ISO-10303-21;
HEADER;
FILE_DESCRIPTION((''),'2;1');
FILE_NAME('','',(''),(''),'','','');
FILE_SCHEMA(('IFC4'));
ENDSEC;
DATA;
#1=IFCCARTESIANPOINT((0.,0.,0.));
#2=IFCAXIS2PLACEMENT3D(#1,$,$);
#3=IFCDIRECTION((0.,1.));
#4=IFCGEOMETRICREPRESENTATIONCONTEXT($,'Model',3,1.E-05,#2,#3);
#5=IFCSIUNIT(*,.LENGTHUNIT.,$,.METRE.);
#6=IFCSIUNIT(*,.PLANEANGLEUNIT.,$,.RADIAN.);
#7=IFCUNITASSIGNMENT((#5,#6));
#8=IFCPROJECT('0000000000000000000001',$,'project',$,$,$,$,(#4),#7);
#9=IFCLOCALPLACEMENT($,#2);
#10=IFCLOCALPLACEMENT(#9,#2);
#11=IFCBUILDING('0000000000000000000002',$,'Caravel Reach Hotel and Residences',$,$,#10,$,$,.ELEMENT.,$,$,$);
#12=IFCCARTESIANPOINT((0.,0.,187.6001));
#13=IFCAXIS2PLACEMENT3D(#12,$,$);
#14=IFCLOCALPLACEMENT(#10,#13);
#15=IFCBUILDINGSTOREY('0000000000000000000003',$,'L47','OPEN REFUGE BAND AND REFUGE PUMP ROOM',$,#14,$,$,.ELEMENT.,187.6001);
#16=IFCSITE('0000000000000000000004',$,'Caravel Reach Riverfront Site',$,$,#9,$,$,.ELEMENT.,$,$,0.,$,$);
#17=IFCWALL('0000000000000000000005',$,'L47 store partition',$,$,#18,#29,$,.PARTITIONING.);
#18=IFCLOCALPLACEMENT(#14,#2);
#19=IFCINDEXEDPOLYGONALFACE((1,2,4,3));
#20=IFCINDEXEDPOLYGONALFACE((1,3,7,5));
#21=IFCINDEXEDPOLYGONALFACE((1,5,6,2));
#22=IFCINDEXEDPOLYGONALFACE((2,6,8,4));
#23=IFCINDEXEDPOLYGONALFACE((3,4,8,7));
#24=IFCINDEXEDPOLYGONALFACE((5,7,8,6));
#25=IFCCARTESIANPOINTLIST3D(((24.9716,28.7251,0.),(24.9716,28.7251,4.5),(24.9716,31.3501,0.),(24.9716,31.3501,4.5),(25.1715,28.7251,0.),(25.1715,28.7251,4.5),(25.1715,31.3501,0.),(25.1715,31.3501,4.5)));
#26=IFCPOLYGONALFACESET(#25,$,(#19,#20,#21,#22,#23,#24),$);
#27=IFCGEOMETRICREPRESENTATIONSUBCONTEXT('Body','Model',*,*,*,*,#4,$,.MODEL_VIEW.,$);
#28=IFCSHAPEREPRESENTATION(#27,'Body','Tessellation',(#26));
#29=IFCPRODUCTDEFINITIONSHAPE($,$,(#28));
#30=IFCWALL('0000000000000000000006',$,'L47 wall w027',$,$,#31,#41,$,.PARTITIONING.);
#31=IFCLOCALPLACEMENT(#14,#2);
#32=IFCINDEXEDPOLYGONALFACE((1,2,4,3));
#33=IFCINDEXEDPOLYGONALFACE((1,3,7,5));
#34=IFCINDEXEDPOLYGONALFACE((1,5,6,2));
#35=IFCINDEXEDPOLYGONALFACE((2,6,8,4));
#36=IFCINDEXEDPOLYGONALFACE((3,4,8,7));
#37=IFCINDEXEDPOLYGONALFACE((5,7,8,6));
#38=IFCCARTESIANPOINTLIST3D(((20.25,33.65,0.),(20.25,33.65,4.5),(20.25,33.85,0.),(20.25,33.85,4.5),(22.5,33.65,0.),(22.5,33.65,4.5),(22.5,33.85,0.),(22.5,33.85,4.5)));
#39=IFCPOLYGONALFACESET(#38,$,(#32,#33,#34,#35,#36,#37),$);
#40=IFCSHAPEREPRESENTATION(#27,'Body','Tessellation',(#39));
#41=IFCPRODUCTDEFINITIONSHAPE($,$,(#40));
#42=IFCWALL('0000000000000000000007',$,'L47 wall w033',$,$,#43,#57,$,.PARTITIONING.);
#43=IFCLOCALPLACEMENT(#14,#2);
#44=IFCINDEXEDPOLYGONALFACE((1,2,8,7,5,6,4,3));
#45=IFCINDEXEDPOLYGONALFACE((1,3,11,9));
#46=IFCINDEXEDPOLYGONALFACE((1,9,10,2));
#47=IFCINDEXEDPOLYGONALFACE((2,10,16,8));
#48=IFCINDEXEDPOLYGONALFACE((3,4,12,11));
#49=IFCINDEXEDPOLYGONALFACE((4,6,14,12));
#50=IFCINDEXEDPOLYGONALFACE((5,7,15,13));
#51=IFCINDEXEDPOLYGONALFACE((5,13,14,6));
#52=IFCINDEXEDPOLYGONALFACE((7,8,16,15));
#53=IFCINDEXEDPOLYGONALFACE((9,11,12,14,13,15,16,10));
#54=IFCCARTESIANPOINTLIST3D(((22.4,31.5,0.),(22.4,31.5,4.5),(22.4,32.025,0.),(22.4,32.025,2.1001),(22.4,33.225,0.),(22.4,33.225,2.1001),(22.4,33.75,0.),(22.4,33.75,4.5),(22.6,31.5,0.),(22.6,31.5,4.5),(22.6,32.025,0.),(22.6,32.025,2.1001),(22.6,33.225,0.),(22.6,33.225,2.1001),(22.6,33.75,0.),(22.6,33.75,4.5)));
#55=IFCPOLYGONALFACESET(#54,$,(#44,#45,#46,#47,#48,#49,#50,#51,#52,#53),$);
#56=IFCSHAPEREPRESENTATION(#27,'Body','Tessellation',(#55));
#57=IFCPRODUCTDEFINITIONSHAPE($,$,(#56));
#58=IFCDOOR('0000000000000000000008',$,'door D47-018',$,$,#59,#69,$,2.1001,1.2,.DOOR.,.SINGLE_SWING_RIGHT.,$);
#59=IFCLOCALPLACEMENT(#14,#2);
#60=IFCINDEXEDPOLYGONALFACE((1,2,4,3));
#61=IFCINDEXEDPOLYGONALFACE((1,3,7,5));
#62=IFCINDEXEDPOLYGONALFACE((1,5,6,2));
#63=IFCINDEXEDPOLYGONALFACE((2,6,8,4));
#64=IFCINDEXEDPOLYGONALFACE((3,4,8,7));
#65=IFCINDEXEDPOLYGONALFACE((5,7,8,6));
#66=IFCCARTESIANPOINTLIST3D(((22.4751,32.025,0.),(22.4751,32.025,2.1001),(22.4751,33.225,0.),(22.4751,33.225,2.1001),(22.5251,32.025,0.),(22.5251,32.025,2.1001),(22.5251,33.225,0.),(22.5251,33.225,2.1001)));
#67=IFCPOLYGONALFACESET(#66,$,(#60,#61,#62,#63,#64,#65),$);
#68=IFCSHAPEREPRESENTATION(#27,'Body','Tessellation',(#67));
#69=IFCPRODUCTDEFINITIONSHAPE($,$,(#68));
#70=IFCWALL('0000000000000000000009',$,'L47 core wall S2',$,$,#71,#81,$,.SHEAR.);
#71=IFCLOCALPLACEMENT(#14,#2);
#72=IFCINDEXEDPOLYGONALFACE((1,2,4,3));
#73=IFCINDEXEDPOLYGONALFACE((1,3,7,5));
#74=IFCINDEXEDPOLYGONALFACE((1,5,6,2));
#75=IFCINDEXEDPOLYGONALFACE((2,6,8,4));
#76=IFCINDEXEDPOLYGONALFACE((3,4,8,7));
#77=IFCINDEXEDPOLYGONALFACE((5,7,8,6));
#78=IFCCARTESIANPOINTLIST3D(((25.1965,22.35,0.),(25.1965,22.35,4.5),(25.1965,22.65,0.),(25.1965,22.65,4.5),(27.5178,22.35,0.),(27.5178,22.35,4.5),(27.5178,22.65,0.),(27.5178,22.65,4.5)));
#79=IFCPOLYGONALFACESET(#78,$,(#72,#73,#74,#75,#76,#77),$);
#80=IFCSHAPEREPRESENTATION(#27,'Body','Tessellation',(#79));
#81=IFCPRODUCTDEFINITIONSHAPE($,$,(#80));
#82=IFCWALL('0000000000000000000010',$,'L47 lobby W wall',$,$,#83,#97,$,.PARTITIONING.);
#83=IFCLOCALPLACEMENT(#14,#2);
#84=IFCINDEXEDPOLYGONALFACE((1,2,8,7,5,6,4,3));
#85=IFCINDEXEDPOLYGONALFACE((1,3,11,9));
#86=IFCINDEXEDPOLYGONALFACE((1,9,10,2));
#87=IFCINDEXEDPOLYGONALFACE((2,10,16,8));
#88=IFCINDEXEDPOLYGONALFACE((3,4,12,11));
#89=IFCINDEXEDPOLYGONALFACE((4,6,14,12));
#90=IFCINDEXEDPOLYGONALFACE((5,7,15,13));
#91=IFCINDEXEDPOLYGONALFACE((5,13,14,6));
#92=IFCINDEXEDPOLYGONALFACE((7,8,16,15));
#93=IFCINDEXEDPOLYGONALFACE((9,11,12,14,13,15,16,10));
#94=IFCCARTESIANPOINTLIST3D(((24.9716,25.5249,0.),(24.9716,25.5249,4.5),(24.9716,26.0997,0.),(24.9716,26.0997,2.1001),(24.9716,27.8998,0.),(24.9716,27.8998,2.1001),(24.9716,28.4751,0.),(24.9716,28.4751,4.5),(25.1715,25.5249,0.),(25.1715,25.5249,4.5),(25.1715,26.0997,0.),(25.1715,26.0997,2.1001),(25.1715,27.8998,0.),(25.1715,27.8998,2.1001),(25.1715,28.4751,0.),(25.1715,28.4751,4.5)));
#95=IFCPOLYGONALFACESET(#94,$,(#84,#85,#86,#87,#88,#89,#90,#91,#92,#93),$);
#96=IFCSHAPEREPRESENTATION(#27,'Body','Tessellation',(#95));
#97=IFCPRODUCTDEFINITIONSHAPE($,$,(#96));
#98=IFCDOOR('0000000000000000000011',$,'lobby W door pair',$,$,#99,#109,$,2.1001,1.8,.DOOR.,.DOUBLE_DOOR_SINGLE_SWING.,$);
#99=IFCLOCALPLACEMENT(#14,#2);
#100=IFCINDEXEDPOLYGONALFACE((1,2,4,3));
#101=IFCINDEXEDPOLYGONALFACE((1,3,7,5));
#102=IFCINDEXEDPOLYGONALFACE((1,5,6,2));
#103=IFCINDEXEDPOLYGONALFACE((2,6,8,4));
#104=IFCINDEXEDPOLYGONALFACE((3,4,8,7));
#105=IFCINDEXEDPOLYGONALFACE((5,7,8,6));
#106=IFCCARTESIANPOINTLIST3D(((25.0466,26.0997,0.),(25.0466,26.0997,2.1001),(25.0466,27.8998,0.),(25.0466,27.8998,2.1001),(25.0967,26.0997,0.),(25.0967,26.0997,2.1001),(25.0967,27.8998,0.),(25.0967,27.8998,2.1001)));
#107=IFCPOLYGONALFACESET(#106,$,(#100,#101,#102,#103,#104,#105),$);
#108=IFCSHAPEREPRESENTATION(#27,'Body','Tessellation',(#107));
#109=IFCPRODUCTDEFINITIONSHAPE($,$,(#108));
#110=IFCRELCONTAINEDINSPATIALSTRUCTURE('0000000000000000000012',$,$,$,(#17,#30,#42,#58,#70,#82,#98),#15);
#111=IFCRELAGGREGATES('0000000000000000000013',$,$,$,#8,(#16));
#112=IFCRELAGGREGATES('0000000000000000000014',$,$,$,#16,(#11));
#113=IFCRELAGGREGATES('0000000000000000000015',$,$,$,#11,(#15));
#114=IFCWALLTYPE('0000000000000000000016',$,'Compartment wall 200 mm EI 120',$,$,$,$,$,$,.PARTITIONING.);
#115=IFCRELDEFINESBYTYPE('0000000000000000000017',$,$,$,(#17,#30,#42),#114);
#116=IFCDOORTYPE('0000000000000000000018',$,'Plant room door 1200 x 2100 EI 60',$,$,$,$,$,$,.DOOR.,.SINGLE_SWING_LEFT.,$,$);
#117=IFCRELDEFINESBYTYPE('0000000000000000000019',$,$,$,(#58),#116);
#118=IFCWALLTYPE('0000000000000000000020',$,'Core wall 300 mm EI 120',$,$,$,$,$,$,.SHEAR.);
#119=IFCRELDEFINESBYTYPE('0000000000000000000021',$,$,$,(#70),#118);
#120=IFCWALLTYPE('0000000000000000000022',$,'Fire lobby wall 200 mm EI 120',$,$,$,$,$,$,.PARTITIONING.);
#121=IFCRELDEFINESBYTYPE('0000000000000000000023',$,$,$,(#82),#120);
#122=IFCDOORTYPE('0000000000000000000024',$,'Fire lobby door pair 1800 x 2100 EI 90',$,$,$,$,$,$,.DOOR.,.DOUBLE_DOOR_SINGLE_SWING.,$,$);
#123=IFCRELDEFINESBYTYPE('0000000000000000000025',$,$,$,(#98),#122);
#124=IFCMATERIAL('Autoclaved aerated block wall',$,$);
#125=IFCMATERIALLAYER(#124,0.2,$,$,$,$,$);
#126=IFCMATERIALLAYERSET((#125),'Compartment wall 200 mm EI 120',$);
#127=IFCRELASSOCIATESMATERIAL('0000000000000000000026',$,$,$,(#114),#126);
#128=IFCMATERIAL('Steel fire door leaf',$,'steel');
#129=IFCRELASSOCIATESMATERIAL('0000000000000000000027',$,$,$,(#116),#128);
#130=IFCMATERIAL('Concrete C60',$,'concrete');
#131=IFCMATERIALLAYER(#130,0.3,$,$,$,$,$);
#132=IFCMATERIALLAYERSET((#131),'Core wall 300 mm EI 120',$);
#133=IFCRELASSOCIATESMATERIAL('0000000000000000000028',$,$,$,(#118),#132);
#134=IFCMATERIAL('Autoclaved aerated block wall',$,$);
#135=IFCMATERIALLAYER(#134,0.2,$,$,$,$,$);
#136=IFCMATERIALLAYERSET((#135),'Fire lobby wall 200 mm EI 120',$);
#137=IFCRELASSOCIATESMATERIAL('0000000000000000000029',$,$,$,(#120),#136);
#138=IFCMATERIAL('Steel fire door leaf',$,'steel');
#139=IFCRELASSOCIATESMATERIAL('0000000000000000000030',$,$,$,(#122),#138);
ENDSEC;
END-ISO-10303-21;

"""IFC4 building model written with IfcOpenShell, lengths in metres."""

from ifc_helpers import new_model, si_unit, direction, frame, frame_2d, origin, place, context, subcontext, project, spatial, rectangle, extrude, material, layer, layer_set, type_object, element, fill, save


model = new_model("IFC4")

# Units and contexts
model_context = context("Model", 3, precision=1e-05, world=origin(), true_north=direction((0.0, 1.0)))
body_context = subcontext(model_context, "Body", "Model", "MODEL_VIEW")
ifc_project = project(units=[si_unit("LENGTHUNIT", "METRE"), si_unit("PLANEANGLEUNIT", "RADIAN")], contexts=[model_context])

# Site, building, storey
site_placement = place(None, origin())
site = spatial("IfcSite", under=ifc_project, at=site_placement, Name="Caravel Reach Riverfront Site", CompositionType="ELEMENT", RefElevation=0.0)
building_placement = place(site_placement, origin())
building = spatial("IfcBuilding", under=site, at=building_placement, Name="Caravel Reach Hotel and Residences", CompositionType="ELEMENT")
storey_placement = place(building_placement, frame((0.0, 0.0, 187.6001)))
storey = spatial("IfcBuildingStorey", under=building, at=storey_placement, Name="L47", Description="OPEN REFUGE BAND AND REFUGE PUMP ROOM", CompositionType="ELEMENT", Elevation=187.6001)

# Walls
ifc_material_1 = material(Name="Autoclaved aerated block wall")
ifc_layer_1 = layer(ifc_material_1, 0.2)
ifc_layer_set_1 = layer_set([ifc_layer_1], Name="Compartment wall 200 mm EI 120")
wall_type_1 = type_object("IfcWallType", Name="Compartment wall 200 mm EI 120", PredefinedType="PARTITIONING", material=ifc_layer_set_1)
wall_1_placement = place(storey_placement, frame((25.0715, 28.7251, 0.0), z_axis=(0.0, 0.0, 1.0), x_axis=(0.0, 1.0, 0.0)))
element("IfcWall", 1, at=wall_1_placement, inside=storey, type_object=wall_type_1, Name="L47 store partition", PredefinedType="PARTITIONING", context=body_context, shape_type="SweptSolid", body=[
    extrude(rectangle(XDim=2.625, YDim=0.2, at=frame_2d((1.3125, 0.0))), origin(), (0.0, 0.0, 1.0), 4.5),
])
wall_2_placement = place(storey_placement, frame((20.25, 33.75, 0.0), z_axis=(0.0, 0.0, 1.0), x_axis=(1.0, 0.0, 0.0)))
element("IfcWall", 2, at=wall_2_placement, inside=storey, type_object=wall_type_1, Name="L47 wall w027", PredefinedType="PARTITIONING", context=body_context, shape_type="SweptSolid", body=[
    extrude(rectangle(XDim=2.25, YDim=0.2, at=frame_2d((1.125, 0.0))), origin(), (0.0, 0.0, 1.0), 4.5),
])

# Wall, opening, door
wall_3_placement = place(storey_placement, frame((22.5, 31.5, 0.0), z_axis=(0.0, 0.0, 1.0), x_axis=(0.0, 1.0, 0.0)))
wall_3 = element("IfcWall", 3, at=wall_3_placement, inside=storey, type_object=wall_type_1, Name="L47 wall w033", PredefinedType="PARTITIONING", context=body_context, shape_type="SweptSolid", body=[
    extrude(rectangle(XDim=2.25, YDim=0.2, at=frame_2d((1.125, 0.0))), origin(), (0.0, 0.0, 1.0), 4.5),
])
opening_1_placement = place(wall_3_placement, frame((0.5249, 0.0, 0.0)))
opening_1 = element("IfcOpeningElement", 4, at=opening_1_placement, cuts=wall_3, PredefinedType="OPENING", context=body_context, shape_type="SweptSolid", body=[
    extrude(rectangle(XDim=1.2, YDim=2.1001, at=frame_2d((0.6001, 1.05))), frame((0.0, 0.1099, 0.0), z_axis=(0.0, -1.0, 0.0), x_axis=(1.0, 0.0, 0.0)), (0.0, 0.0, 1.0), 0.22),
])
ifc_material_2 = material(Name="Steel fire door leaf", Category="steel")
door_type_1 = type_object("IfcDoorType", Name="Plant room door 1200 x 2100 EI 60", OperationType="SINGLE_SWING_LEFT", PredefinedType="DOOR", material=ifc_material_2)
door_1_placement = place(opening_1_placement, origin())
door_1 = element("IfcDoor", 5, at=door_1_placement, inside=storey, type_object=door_type_1, Name="door D47-018", OperationType="SINGLE_SWING_RIGHT", OverallHeight=2.1001, OverallWidth=1.2, PredefinedType="DOOR", context=body_context, shape_type="SweptSolid", body=[
    extrude(rectangle(XDim=1.2, YDim=2.1001, at=frame_2d((0.6001, 1.05))), frame((0.0, 0.0249, 0.0), z_axis=(0.0, -1.0, 0.0), x_axis=(1.0, 0.0, 0.0)), (0.0, 0.0, 1.0), 0.05),
])
fill(opening_1, door_1)

# Wall
ifc_material_3 = material(Name="Concrete C60", Category="concrete")
ifc_layer_2 = layer(ifc_material_3, 0.3)
ifc_layer_set_2 = layer_set([ifc_layer_2], Name="Core wall 300 mm EI 120")
wall_type_2 = type_object("IfcWallType", Name="Core wall 300 mm EI 120", PredefinedType="SHEAR", material=ifc_layer_set_2)
wall_4_placement = place(storey_placement, frame((25.1965, 22.5, 0.0), z_axis=(0.0, 0.0, 1.0), x_axis=(1.0, 0.0, 0.0)))
element("IfcWall", 6, at=wall_4_placement, inside=storey, type_object=wall_type_2, Name="L47 core wall S2", PredefinedType="SHEAR", context=body_context, shape_type="SweptSolid", body=[
    extrude(rectangle(XDim=2.3213, YDim=0.3, at=frame_2d((1.1606, 0.0))), origin(), (0.0, 0.0, 1.0), 4.5),
])

# Wall, opening, door
ifc_material_4 = material(Name="Autoclaved aerated block wall")
ifc_layer_3 = layer(ifc_material_4, 0.2)
ifc_layer_set_3 = layer_set([ifc_layer_3], Name="Fire lobby wall 200 mm EI 120")
wall_type_3 = type_object("IfcWallType", Name="Fire lobby wall 200 mm EI 120", PredefinedType="PARTITIONING", material=ifc_layer_set_3)
wall_5_placement = place(storey_placement, frame((25.0715, 25.5249, 0.0), z_axis=(0.0, 0.0, 1.0), x_axis=(0.0, 1.0, 0.0)))
wall_5 = element("IfcWall", 7, at=wall_5_placement, inside=storey, type_object=wall_type_3, Name="L47 lobby W wall", PredefinedType="PARTITIONING", context=body_context, shape_type="SweptSolid", body=[
    extrude(rectangle(XDim=2.9502, YDim=0.2, at=frame_2d((1.4751, 0.0))), origin(), (0.0, 0.0, 1.0), 4.5),
])
opening_2_placement = place(wall_5_placement, frame((0.575, 0.0, 0.0)))
opening_2 = element("IfcOpeningElement", 8, at=opening_2_placement, cuts=wall_5, PredefinedType="OPENING", context=body_context, shape_type="SweptSolid", body=[
    extrude(rectangle(XDim=1.8, YDim=2.1001, at=frame_2d((0.8999, 1.05))), frame((0.0, 0.1099, 0.0), z_axis=(0.0, -1.0, 0.0), x_axis=(1.0, 0.0, 0.0)), (0.0, 0.0, 1.0), 0.22),
])
ifc_material_5 = material(Name="Steel fire door leaf", Category="steel")
door_type_2 = type_object("IfcDoorType", Name="Fire lobby door pair 1800 x 2100 EI 90", OperationType="DOUBLE_DOOR_SINGLE_SWING", PredefinedType="DOOR", material=ifc_material_5)
door_2_placement = place(opening_2_placement, origin())
door_2 = element("IfcDoor", 9, at=door_2_placement, inside=storey, type_object=door_type_2, Name="lobby W door pair", OperationType="DOUBLE_DOOR_SINGLE_SWING", OverallHeight=2.1001, OverallWidth=1.8, PredefinedType="DOOR", context=body_context, shape_type="SweptSolid", body=[
    extrude(rectangle(XDim=1.8, YDim=2.1001, at=frame_2d((0.8999, 1.05))), frame((0.0, 0.0249, 0.0), z_axis=(0.0, -1.0, 0.0), x_axis=(1.0, 0.0, 0.0)), (0.0, 0.0, 1.0), 0.05),
])
fill(opening_2, door_2)

save(model, "model.ifc")
